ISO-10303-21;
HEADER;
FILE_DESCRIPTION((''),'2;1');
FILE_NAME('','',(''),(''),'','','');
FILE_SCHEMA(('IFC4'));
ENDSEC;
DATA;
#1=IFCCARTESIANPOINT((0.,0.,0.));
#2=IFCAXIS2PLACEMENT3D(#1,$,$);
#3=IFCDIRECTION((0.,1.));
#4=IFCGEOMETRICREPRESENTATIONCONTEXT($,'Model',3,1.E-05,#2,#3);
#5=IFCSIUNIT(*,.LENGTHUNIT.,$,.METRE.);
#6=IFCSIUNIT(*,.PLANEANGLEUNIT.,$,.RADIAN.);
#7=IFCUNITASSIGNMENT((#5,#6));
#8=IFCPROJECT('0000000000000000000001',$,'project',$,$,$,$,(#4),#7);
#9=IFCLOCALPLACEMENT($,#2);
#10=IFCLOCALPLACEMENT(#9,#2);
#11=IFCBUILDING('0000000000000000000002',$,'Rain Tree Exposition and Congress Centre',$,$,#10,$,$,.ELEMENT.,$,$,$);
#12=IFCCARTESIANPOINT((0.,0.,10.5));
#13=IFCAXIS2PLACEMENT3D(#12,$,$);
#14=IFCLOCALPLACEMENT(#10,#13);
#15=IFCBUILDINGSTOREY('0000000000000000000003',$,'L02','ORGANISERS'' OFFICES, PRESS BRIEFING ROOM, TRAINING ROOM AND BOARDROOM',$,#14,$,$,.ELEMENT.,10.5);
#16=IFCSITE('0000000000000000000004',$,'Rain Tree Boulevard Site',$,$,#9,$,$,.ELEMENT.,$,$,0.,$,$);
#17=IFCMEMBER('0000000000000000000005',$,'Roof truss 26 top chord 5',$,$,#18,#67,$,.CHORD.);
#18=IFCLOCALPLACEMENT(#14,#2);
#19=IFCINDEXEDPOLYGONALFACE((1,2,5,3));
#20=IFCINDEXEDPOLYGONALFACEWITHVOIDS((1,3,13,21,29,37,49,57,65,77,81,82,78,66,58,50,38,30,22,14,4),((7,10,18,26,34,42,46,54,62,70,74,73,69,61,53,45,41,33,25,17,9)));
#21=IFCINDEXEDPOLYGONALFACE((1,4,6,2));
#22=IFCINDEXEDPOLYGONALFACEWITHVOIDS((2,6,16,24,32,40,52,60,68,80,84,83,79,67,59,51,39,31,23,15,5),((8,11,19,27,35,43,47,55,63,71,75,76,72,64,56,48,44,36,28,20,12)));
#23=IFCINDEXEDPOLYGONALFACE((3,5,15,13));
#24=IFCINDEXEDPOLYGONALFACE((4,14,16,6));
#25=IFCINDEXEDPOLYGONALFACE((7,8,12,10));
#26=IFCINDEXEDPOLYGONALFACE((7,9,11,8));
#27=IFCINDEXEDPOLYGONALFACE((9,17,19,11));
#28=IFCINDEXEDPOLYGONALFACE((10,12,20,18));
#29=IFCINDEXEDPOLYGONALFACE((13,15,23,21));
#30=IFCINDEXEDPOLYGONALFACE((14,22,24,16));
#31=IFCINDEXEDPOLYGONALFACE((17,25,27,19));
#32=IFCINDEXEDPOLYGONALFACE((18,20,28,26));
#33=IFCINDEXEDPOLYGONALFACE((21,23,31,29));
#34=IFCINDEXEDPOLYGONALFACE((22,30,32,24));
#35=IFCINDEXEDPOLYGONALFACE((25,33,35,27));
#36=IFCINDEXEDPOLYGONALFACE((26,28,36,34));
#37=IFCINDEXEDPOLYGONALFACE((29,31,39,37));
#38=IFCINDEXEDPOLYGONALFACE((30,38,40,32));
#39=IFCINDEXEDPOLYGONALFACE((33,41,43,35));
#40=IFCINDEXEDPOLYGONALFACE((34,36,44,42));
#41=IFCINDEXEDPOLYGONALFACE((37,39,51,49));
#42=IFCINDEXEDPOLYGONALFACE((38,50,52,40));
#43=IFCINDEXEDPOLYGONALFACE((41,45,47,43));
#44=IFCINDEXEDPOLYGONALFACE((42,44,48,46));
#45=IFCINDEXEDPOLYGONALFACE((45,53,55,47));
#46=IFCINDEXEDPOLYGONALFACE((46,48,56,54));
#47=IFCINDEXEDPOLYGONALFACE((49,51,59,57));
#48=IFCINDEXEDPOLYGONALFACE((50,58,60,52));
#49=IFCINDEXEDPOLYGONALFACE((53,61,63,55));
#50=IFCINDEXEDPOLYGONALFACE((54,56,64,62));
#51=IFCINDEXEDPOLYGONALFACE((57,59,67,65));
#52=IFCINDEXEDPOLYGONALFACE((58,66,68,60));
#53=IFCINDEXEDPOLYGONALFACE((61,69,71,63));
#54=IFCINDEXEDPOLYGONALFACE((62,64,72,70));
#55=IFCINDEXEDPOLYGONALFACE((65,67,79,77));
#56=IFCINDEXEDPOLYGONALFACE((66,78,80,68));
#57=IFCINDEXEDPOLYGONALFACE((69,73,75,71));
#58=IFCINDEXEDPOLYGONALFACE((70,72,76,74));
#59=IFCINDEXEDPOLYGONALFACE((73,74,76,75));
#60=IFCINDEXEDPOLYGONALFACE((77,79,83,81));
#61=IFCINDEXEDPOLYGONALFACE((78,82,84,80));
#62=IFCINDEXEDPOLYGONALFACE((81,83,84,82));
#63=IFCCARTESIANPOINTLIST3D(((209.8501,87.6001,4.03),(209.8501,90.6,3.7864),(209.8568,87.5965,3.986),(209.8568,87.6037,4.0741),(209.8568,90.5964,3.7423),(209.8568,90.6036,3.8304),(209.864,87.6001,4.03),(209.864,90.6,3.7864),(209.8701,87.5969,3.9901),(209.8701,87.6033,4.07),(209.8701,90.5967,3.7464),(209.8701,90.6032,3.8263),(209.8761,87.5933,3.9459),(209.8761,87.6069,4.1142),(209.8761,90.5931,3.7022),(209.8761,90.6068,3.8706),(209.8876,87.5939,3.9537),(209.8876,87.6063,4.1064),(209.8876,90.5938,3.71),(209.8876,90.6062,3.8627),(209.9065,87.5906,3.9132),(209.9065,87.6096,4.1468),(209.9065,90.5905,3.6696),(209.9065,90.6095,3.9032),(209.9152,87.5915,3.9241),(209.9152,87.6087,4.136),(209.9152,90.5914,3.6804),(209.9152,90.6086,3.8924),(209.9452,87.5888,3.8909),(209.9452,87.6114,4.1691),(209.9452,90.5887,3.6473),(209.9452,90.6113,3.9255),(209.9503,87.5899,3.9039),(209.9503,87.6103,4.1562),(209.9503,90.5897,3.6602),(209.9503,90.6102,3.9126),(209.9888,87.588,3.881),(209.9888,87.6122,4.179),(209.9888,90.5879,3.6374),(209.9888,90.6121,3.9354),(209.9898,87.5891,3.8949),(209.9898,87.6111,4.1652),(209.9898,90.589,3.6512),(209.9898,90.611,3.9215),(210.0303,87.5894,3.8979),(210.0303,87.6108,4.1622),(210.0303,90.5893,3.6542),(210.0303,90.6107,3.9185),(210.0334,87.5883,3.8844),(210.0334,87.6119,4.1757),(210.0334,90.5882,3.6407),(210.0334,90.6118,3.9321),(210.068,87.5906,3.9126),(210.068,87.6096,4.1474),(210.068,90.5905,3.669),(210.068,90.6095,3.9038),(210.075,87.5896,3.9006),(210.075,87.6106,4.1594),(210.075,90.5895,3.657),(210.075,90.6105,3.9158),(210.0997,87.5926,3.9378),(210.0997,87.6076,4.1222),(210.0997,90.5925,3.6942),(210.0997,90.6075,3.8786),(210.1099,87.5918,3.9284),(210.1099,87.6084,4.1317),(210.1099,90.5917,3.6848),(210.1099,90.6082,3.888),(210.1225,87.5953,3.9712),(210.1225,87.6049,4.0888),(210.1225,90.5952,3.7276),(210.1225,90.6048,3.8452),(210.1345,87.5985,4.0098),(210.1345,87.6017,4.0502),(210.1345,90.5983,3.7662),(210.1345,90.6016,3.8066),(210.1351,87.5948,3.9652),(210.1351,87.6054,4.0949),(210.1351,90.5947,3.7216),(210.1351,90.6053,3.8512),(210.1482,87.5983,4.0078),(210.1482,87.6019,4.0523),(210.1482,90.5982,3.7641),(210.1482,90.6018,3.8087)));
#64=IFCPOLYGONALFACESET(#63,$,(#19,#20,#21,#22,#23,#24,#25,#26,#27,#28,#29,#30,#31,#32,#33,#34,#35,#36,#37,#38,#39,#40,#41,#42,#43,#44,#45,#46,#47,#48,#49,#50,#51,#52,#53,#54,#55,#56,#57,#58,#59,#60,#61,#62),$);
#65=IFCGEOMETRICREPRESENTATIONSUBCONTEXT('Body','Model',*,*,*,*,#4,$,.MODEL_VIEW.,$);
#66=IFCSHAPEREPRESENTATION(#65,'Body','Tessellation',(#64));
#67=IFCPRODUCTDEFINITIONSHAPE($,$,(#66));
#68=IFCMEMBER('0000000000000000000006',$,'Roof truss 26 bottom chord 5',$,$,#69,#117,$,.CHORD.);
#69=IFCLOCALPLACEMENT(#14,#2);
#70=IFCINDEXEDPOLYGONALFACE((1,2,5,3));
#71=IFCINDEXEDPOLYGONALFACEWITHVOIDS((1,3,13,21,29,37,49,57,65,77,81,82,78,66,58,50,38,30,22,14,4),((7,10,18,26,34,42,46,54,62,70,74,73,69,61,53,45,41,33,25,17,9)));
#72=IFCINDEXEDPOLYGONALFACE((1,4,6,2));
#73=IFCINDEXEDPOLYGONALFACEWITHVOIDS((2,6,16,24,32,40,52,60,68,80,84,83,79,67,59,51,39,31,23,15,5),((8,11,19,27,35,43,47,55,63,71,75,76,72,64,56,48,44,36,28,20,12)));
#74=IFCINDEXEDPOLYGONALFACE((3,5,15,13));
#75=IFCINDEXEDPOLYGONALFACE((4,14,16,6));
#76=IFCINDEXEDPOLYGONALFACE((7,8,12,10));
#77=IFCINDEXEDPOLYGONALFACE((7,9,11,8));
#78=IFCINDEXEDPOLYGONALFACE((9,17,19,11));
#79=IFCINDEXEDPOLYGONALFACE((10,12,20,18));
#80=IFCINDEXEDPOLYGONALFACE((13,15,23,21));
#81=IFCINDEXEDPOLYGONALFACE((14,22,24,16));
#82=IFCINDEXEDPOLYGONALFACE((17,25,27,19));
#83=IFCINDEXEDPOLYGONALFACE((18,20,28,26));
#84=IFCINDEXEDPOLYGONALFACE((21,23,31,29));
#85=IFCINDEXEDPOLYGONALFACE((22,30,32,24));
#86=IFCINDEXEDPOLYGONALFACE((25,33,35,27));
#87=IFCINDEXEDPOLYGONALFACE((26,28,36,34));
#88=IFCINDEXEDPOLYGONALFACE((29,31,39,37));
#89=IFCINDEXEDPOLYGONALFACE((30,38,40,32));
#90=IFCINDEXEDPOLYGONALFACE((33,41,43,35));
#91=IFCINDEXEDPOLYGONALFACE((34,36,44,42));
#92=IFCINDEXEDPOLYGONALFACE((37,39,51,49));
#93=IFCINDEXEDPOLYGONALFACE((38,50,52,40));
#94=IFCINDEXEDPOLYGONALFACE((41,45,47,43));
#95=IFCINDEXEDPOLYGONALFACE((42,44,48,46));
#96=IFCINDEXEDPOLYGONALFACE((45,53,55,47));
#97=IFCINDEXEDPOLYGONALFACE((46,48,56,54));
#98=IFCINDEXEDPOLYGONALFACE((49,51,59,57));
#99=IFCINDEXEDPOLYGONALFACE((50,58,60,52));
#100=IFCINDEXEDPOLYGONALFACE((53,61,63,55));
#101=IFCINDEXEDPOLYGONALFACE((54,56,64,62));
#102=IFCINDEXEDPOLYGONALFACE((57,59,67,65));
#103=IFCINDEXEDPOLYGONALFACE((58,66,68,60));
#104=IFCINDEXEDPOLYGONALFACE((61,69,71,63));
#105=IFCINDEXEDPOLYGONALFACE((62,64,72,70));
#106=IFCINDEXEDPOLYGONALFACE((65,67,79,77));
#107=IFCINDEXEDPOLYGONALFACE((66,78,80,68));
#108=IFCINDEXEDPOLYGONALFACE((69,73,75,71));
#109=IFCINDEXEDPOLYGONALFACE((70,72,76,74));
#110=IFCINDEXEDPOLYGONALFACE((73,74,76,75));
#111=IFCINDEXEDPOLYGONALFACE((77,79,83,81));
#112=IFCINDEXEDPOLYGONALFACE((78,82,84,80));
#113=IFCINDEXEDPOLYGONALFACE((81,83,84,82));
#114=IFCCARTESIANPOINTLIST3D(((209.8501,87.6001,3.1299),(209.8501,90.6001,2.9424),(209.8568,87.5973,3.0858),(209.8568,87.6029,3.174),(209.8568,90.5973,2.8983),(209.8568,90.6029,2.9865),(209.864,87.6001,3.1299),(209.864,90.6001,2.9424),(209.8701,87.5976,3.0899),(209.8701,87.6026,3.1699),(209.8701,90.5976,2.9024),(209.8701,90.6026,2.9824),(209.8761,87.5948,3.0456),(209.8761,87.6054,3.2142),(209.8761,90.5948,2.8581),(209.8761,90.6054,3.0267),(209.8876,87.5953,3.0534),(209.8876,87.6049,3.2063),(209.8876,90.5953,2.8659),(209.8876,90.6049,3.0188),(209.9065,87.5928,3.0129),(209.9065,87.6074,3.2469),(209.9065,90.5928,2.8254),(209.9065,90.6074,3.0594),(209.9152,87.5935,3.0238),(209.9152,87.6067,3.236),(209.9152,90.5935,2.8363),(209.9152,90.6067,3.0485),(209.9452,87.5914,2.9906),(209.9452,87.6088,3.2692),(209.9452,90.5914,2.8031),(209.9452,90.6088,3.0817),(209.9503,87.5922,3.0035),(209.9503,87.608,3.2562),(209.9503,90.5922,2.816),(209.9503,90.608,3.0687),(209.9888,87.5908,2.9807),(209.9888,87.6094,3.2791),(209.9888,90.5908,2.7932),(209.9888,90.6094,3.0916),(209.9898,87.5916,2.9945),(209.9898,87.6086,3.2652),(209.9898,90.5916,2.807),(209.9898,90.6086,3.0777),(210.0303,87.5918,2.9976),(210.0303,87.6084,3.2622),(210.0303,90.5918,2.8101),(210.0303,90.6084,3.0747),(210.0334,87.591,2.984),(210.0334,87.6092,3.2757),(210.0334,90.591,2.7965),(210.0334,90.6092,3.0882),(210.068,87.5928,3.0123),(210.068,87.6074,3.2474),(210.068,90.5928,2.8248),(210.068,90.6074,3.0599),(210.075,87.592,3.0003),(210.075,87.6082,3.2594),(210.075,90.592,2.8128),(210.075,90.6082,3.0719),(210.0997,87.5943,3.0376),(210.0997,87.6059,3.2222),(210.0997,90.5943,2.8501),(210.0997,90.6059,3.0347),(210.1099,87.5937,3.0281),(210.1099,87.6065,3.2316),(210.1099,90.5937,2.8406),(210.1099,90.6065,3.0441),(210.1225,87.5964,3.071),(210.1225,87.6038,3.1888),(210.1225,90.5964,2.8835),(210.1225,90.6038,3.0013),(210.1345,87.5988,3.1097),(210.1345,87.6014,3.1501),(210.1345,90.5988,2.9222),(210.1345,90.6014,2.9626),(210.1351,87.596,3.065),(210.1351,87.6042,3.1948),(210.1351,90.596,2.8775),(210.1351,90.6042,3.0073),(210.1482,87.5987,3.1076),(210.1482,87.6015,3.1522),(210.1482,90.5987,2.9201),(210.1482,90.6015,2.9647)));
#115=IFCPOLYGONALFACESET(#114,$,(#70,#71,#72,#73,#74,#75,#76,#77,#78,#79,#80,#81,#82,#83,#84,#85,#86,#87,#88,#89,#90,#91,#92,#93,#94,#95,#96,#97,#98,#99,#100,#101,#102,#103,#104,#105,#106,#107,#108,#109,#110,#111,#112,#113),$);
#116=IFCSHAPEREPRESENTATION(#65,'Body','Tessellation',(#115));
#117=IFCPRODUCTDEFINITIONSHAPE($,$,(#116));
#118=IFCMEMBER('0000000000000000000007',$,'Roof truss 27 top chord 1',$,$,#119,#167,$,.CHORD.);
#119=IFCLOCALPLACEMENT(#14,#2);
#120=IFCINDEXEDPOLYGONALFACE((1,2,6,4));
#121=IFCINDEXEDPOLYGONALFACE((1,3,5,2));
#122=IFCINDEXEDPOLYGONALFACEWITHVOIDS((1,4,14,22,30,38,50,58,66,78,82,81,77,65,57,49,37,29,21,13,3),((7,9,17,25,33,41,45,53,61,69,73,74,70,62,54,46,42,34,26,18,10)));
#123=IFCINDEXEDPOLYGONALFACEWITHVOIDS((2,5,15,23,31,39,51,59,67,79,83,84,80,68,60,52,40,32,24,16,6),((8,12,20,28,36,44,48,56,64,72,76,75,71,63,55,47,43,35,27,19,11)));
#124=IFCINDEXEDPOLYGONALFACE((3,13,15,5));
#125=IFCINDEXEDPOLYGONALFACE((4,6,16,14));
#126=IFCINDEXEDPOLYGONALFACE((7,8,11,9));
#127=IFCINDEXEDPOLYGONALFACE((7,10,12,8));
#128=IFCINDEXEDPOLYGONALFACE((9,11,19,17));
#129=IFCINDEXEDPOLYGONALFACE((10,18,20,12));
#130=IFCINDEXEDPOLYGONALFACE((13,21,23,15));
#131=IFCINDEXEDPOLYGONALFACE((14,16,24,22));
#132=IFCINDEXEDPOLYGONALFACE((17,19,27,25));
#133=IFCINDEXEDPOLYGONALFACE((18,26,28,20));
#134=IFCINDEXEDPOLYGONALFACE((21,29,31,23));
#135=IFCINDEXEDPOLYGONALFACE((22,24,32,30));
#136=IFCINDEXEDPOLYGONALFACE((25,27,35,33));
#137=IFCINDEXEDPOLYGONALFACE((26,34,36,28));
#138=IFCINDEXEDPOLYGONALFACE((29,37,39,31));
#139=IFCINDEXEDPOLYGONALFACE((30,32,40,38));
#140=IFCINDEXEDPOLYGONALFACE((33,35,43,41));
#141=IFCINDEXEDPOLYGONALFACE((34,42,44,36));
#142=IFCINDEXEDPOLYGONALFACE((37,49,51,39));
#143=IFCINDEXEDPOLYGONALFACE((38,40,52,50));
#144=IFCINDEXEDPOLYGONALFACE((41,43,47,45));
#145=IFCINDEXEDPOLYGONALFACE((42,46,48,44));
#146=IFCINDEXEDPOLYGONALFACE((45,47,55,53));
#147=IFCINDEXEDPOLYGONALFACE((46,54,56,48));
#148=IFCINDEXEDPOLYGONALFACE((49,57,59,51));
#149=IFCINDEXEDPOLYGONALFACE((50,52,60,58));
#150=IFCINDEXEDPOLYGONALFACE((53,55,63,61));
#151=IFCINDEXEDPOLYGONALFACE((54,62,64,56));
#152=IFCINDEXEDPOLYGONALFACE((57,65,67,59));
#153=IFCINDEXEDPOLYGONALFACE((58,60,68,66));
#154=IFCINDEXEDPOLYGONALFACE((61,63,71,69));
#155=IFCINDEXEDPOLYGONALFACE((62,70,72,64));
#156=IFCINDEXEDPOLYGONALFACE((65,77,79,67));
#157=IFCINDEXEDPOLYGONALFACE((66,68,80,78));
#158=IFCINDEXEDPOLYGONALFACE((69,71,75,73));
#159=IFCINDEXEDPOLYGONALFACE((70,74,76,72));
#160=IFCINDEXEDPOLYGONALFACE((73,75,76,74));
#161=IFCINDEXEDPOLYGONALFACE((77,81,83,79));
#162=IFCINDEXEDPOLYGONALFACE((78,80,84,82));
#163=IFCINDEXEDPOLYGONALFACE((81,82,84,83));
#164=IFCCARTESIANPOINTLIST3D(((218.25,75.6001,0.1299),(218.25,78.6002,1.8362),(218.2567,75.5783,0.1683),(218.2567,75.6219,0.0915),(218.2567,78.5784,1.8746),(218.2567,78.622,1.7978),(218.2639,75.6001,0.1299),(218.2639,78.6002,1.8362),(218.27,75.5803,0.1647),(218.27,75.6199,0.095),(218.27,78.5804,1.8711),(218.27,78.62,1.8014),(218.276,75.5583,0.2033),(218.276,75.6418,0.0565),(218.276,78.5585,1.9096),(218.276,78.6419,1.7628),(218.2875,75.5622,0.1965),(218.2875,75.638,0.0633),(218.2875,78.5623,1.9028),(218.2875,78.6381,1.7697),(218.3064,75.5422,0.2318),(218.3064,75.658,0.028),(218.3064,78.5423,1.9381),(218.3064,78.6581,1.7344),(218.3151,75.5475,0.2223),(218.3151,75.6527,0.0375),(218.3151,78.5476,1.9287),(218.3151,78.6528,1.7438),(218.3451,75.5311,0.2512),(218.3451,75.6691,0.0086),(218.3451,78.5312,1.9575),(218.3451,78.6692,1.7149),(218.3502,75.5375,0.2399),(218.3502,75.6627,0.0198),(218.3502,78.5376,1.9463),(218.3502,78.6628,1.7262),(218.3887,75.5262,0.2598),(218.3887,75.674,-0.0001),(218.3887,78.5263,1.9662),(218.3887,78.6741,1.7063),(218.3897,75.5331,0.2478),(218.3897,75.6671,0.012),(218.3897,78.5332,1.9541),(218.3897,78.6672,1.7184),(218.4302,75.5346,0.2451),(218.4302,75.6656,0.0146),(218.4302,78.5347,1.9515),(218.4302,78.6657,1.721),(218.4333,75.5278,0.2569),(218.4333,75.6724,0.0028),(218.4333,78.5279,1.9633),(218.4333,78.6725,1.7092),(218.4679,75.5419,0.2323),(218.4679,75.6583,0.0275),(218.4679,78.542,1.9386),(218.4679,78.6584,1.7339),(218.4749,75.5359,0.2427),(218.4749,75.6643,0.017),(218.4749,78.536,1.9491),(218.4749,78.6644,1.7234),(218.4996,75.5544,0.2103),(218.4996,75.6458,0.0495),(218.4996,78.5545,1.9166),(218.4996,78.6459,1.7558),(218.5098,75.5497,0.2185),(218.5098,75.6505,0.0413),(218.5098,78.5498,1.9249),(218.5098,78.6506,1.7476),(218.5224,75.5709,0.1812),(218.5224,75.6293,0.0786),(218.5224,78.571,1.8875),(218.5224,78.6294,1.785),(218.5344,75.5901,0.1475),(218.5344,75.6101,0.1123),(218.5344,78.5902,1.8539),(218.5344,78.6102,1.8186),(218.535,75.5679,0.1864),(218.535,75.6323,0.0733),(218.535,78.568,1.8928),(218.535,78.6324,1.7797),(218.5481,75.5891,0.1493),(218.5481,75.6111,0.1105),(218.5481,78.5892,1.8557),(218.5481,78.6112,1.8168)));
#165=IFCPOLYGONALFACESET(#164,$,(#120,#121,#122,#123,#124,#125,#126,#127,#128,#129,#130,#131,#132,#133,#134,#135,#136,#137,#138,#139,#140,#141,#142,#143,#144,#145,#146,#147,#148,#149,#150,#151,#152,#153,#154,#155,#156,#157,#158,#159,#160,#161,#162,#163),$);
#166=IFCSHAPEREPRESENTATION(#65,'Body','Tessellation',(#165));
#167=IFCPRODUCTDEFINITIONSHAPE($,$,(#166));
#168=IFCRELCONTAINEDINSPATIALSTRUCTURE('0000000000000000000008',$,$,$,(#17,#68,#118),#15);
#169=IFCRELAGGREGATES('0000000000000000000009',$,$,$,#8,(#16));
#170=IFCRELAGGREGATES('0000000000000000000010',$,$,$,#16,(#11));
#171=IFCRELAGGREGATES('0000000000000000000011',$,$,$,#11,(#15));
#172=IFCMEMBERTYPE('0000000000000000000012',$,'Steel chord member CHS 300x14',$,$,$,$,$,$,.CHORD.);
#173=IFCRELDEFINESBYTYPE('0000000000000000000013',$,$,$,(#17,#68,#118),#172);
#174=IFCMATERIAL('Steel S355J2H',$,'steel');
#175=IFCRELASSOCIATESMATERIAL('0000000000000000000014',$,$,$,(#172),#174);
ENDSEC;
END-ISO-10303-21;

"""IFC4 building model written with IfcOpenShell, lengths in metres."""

from ifc_helpers import new_model, si_unit, direction, frame, origin, origin_2d, place, context, subcontext, project, spatial, hollow_circle, extrude, material, material_profile, profile_set, type_object, element, save


model = new_model("IFC4")

# Units and contexts
model_context = context("Model", 3, precision=1e-05, world=origin(), true_north=direction((0.0, 1.0)))
body_context = subcontext(model_context, "Body", "Model", "MODEL_VIEW")
ifc_project = project(units=[si_unit("LENGTHUNIT", "METRE"), si_unit("PLANEANGLEUNIT", "RADIAN")], contexts=[model_context])

# Site, building, storey
site_placement = place(None, origin())
site = spatial("IfcSite", under=ifc_project, at=site_placement, Name="Rain Tree Boulevard Site", CompositionType="ELEMENT", RefElevation=0.0)
building_placement = place(site_placement, origin())
building = spatial("IfcBuilding", under=site, at=building_placement, Name="Rain Tree Exposition and Congress Centre", CompositionType="ELEMENT")
storey_placement = place(building_placement, frame((0.0, 0.0, 10.5)))
storey = spatial("IfcBuildingStorey", under=building, at=storey_placement, Name="L02", Description="ORGANISERS' OFFICES, PRESS BRIEFING ROOM, TRAINING ROOM AND BOARDROOM", CompositionType="ELEMENT", Elevation=10.5)

# Members
ifc_material_1 = material(Name="Steel S355J2H", Category="steel")
ifc_material_profile_1 = material_profile(ifc_material_1, hollow_circle(Radius=0.1499, WallThickness=0.0139, at=origin_2d()), Name="CHS 300x14")
ifc_profile_set_1 = profile_set([ifc_material_profile_1], Name="Steel S355J2H")
member_type_1 = type_object("IfcMemberType", Name="Steel chord member CHS 300x14", PredefinedType="CHORD", material=ifc_profile_set_1)
member_1_placement = place(storey_placement, frame((210.0, 87.6001, 4.03), z_axis=(0.0, 0.996718, -0.080951), x_axis=(-1.0, 0.0, 0.0)))
element("IfcMember", 1, at=member_1_placement, inside=storey, type_object=member_type_1, Name="Roof truss 26 top chord 5", PredefinedType="CHORD", context=body_context, shape_type="SweptSolid", body=[
    extrude(hollow_circle(Radius=0.1499, WallThickness=0.0139, at=origin_2d()), origin(), (0.0, 0.0, 1.0), 3.0098),
])
member_2_placement = place(storey_placement, frame((210.0, 87.6001, 3.1299), z_axis=(0.0, 0.998053, -0.062378), x_axis=(-1.0, 0.0, 0.0)))
element("IfcMember", 2, at=member_2_placement, inside=storey, type_object=member_type_1, Name="Roof truss 26 bottom chord 5", PredefinedType="CHORD", context=body_context, shape_type="SweptSolid", body=[
    extrude(hollow_circle(Radius=0.1499, WallThickness=0.0139, at=origin_2d()), origin(), (0.0, 0.0, 1.0), 3.0059),
])
member_3_placement = place(storey_placement, frame((218.3999, 75.6001, 0.1299), z_axis=(0.0, 0.869238, 0.494393), x_axis=(-1.0, 0.0, 0.0)))
element("IfcMember", 3, at=member_3_placement, inside=storey, type_object=member_type_1, Name="Roof truss 27 top chord 1", PredefinedType="CHORD", context=body_context, shape_type="SweptSolid", body=[
    extrude(hollow_circle(Radius=0.1499, WallThickness=0.0139, at=origin_2d()), origin(), (0.0, 0.0, 1.0), 3.4514),
])

save(model, "model.ifc")
